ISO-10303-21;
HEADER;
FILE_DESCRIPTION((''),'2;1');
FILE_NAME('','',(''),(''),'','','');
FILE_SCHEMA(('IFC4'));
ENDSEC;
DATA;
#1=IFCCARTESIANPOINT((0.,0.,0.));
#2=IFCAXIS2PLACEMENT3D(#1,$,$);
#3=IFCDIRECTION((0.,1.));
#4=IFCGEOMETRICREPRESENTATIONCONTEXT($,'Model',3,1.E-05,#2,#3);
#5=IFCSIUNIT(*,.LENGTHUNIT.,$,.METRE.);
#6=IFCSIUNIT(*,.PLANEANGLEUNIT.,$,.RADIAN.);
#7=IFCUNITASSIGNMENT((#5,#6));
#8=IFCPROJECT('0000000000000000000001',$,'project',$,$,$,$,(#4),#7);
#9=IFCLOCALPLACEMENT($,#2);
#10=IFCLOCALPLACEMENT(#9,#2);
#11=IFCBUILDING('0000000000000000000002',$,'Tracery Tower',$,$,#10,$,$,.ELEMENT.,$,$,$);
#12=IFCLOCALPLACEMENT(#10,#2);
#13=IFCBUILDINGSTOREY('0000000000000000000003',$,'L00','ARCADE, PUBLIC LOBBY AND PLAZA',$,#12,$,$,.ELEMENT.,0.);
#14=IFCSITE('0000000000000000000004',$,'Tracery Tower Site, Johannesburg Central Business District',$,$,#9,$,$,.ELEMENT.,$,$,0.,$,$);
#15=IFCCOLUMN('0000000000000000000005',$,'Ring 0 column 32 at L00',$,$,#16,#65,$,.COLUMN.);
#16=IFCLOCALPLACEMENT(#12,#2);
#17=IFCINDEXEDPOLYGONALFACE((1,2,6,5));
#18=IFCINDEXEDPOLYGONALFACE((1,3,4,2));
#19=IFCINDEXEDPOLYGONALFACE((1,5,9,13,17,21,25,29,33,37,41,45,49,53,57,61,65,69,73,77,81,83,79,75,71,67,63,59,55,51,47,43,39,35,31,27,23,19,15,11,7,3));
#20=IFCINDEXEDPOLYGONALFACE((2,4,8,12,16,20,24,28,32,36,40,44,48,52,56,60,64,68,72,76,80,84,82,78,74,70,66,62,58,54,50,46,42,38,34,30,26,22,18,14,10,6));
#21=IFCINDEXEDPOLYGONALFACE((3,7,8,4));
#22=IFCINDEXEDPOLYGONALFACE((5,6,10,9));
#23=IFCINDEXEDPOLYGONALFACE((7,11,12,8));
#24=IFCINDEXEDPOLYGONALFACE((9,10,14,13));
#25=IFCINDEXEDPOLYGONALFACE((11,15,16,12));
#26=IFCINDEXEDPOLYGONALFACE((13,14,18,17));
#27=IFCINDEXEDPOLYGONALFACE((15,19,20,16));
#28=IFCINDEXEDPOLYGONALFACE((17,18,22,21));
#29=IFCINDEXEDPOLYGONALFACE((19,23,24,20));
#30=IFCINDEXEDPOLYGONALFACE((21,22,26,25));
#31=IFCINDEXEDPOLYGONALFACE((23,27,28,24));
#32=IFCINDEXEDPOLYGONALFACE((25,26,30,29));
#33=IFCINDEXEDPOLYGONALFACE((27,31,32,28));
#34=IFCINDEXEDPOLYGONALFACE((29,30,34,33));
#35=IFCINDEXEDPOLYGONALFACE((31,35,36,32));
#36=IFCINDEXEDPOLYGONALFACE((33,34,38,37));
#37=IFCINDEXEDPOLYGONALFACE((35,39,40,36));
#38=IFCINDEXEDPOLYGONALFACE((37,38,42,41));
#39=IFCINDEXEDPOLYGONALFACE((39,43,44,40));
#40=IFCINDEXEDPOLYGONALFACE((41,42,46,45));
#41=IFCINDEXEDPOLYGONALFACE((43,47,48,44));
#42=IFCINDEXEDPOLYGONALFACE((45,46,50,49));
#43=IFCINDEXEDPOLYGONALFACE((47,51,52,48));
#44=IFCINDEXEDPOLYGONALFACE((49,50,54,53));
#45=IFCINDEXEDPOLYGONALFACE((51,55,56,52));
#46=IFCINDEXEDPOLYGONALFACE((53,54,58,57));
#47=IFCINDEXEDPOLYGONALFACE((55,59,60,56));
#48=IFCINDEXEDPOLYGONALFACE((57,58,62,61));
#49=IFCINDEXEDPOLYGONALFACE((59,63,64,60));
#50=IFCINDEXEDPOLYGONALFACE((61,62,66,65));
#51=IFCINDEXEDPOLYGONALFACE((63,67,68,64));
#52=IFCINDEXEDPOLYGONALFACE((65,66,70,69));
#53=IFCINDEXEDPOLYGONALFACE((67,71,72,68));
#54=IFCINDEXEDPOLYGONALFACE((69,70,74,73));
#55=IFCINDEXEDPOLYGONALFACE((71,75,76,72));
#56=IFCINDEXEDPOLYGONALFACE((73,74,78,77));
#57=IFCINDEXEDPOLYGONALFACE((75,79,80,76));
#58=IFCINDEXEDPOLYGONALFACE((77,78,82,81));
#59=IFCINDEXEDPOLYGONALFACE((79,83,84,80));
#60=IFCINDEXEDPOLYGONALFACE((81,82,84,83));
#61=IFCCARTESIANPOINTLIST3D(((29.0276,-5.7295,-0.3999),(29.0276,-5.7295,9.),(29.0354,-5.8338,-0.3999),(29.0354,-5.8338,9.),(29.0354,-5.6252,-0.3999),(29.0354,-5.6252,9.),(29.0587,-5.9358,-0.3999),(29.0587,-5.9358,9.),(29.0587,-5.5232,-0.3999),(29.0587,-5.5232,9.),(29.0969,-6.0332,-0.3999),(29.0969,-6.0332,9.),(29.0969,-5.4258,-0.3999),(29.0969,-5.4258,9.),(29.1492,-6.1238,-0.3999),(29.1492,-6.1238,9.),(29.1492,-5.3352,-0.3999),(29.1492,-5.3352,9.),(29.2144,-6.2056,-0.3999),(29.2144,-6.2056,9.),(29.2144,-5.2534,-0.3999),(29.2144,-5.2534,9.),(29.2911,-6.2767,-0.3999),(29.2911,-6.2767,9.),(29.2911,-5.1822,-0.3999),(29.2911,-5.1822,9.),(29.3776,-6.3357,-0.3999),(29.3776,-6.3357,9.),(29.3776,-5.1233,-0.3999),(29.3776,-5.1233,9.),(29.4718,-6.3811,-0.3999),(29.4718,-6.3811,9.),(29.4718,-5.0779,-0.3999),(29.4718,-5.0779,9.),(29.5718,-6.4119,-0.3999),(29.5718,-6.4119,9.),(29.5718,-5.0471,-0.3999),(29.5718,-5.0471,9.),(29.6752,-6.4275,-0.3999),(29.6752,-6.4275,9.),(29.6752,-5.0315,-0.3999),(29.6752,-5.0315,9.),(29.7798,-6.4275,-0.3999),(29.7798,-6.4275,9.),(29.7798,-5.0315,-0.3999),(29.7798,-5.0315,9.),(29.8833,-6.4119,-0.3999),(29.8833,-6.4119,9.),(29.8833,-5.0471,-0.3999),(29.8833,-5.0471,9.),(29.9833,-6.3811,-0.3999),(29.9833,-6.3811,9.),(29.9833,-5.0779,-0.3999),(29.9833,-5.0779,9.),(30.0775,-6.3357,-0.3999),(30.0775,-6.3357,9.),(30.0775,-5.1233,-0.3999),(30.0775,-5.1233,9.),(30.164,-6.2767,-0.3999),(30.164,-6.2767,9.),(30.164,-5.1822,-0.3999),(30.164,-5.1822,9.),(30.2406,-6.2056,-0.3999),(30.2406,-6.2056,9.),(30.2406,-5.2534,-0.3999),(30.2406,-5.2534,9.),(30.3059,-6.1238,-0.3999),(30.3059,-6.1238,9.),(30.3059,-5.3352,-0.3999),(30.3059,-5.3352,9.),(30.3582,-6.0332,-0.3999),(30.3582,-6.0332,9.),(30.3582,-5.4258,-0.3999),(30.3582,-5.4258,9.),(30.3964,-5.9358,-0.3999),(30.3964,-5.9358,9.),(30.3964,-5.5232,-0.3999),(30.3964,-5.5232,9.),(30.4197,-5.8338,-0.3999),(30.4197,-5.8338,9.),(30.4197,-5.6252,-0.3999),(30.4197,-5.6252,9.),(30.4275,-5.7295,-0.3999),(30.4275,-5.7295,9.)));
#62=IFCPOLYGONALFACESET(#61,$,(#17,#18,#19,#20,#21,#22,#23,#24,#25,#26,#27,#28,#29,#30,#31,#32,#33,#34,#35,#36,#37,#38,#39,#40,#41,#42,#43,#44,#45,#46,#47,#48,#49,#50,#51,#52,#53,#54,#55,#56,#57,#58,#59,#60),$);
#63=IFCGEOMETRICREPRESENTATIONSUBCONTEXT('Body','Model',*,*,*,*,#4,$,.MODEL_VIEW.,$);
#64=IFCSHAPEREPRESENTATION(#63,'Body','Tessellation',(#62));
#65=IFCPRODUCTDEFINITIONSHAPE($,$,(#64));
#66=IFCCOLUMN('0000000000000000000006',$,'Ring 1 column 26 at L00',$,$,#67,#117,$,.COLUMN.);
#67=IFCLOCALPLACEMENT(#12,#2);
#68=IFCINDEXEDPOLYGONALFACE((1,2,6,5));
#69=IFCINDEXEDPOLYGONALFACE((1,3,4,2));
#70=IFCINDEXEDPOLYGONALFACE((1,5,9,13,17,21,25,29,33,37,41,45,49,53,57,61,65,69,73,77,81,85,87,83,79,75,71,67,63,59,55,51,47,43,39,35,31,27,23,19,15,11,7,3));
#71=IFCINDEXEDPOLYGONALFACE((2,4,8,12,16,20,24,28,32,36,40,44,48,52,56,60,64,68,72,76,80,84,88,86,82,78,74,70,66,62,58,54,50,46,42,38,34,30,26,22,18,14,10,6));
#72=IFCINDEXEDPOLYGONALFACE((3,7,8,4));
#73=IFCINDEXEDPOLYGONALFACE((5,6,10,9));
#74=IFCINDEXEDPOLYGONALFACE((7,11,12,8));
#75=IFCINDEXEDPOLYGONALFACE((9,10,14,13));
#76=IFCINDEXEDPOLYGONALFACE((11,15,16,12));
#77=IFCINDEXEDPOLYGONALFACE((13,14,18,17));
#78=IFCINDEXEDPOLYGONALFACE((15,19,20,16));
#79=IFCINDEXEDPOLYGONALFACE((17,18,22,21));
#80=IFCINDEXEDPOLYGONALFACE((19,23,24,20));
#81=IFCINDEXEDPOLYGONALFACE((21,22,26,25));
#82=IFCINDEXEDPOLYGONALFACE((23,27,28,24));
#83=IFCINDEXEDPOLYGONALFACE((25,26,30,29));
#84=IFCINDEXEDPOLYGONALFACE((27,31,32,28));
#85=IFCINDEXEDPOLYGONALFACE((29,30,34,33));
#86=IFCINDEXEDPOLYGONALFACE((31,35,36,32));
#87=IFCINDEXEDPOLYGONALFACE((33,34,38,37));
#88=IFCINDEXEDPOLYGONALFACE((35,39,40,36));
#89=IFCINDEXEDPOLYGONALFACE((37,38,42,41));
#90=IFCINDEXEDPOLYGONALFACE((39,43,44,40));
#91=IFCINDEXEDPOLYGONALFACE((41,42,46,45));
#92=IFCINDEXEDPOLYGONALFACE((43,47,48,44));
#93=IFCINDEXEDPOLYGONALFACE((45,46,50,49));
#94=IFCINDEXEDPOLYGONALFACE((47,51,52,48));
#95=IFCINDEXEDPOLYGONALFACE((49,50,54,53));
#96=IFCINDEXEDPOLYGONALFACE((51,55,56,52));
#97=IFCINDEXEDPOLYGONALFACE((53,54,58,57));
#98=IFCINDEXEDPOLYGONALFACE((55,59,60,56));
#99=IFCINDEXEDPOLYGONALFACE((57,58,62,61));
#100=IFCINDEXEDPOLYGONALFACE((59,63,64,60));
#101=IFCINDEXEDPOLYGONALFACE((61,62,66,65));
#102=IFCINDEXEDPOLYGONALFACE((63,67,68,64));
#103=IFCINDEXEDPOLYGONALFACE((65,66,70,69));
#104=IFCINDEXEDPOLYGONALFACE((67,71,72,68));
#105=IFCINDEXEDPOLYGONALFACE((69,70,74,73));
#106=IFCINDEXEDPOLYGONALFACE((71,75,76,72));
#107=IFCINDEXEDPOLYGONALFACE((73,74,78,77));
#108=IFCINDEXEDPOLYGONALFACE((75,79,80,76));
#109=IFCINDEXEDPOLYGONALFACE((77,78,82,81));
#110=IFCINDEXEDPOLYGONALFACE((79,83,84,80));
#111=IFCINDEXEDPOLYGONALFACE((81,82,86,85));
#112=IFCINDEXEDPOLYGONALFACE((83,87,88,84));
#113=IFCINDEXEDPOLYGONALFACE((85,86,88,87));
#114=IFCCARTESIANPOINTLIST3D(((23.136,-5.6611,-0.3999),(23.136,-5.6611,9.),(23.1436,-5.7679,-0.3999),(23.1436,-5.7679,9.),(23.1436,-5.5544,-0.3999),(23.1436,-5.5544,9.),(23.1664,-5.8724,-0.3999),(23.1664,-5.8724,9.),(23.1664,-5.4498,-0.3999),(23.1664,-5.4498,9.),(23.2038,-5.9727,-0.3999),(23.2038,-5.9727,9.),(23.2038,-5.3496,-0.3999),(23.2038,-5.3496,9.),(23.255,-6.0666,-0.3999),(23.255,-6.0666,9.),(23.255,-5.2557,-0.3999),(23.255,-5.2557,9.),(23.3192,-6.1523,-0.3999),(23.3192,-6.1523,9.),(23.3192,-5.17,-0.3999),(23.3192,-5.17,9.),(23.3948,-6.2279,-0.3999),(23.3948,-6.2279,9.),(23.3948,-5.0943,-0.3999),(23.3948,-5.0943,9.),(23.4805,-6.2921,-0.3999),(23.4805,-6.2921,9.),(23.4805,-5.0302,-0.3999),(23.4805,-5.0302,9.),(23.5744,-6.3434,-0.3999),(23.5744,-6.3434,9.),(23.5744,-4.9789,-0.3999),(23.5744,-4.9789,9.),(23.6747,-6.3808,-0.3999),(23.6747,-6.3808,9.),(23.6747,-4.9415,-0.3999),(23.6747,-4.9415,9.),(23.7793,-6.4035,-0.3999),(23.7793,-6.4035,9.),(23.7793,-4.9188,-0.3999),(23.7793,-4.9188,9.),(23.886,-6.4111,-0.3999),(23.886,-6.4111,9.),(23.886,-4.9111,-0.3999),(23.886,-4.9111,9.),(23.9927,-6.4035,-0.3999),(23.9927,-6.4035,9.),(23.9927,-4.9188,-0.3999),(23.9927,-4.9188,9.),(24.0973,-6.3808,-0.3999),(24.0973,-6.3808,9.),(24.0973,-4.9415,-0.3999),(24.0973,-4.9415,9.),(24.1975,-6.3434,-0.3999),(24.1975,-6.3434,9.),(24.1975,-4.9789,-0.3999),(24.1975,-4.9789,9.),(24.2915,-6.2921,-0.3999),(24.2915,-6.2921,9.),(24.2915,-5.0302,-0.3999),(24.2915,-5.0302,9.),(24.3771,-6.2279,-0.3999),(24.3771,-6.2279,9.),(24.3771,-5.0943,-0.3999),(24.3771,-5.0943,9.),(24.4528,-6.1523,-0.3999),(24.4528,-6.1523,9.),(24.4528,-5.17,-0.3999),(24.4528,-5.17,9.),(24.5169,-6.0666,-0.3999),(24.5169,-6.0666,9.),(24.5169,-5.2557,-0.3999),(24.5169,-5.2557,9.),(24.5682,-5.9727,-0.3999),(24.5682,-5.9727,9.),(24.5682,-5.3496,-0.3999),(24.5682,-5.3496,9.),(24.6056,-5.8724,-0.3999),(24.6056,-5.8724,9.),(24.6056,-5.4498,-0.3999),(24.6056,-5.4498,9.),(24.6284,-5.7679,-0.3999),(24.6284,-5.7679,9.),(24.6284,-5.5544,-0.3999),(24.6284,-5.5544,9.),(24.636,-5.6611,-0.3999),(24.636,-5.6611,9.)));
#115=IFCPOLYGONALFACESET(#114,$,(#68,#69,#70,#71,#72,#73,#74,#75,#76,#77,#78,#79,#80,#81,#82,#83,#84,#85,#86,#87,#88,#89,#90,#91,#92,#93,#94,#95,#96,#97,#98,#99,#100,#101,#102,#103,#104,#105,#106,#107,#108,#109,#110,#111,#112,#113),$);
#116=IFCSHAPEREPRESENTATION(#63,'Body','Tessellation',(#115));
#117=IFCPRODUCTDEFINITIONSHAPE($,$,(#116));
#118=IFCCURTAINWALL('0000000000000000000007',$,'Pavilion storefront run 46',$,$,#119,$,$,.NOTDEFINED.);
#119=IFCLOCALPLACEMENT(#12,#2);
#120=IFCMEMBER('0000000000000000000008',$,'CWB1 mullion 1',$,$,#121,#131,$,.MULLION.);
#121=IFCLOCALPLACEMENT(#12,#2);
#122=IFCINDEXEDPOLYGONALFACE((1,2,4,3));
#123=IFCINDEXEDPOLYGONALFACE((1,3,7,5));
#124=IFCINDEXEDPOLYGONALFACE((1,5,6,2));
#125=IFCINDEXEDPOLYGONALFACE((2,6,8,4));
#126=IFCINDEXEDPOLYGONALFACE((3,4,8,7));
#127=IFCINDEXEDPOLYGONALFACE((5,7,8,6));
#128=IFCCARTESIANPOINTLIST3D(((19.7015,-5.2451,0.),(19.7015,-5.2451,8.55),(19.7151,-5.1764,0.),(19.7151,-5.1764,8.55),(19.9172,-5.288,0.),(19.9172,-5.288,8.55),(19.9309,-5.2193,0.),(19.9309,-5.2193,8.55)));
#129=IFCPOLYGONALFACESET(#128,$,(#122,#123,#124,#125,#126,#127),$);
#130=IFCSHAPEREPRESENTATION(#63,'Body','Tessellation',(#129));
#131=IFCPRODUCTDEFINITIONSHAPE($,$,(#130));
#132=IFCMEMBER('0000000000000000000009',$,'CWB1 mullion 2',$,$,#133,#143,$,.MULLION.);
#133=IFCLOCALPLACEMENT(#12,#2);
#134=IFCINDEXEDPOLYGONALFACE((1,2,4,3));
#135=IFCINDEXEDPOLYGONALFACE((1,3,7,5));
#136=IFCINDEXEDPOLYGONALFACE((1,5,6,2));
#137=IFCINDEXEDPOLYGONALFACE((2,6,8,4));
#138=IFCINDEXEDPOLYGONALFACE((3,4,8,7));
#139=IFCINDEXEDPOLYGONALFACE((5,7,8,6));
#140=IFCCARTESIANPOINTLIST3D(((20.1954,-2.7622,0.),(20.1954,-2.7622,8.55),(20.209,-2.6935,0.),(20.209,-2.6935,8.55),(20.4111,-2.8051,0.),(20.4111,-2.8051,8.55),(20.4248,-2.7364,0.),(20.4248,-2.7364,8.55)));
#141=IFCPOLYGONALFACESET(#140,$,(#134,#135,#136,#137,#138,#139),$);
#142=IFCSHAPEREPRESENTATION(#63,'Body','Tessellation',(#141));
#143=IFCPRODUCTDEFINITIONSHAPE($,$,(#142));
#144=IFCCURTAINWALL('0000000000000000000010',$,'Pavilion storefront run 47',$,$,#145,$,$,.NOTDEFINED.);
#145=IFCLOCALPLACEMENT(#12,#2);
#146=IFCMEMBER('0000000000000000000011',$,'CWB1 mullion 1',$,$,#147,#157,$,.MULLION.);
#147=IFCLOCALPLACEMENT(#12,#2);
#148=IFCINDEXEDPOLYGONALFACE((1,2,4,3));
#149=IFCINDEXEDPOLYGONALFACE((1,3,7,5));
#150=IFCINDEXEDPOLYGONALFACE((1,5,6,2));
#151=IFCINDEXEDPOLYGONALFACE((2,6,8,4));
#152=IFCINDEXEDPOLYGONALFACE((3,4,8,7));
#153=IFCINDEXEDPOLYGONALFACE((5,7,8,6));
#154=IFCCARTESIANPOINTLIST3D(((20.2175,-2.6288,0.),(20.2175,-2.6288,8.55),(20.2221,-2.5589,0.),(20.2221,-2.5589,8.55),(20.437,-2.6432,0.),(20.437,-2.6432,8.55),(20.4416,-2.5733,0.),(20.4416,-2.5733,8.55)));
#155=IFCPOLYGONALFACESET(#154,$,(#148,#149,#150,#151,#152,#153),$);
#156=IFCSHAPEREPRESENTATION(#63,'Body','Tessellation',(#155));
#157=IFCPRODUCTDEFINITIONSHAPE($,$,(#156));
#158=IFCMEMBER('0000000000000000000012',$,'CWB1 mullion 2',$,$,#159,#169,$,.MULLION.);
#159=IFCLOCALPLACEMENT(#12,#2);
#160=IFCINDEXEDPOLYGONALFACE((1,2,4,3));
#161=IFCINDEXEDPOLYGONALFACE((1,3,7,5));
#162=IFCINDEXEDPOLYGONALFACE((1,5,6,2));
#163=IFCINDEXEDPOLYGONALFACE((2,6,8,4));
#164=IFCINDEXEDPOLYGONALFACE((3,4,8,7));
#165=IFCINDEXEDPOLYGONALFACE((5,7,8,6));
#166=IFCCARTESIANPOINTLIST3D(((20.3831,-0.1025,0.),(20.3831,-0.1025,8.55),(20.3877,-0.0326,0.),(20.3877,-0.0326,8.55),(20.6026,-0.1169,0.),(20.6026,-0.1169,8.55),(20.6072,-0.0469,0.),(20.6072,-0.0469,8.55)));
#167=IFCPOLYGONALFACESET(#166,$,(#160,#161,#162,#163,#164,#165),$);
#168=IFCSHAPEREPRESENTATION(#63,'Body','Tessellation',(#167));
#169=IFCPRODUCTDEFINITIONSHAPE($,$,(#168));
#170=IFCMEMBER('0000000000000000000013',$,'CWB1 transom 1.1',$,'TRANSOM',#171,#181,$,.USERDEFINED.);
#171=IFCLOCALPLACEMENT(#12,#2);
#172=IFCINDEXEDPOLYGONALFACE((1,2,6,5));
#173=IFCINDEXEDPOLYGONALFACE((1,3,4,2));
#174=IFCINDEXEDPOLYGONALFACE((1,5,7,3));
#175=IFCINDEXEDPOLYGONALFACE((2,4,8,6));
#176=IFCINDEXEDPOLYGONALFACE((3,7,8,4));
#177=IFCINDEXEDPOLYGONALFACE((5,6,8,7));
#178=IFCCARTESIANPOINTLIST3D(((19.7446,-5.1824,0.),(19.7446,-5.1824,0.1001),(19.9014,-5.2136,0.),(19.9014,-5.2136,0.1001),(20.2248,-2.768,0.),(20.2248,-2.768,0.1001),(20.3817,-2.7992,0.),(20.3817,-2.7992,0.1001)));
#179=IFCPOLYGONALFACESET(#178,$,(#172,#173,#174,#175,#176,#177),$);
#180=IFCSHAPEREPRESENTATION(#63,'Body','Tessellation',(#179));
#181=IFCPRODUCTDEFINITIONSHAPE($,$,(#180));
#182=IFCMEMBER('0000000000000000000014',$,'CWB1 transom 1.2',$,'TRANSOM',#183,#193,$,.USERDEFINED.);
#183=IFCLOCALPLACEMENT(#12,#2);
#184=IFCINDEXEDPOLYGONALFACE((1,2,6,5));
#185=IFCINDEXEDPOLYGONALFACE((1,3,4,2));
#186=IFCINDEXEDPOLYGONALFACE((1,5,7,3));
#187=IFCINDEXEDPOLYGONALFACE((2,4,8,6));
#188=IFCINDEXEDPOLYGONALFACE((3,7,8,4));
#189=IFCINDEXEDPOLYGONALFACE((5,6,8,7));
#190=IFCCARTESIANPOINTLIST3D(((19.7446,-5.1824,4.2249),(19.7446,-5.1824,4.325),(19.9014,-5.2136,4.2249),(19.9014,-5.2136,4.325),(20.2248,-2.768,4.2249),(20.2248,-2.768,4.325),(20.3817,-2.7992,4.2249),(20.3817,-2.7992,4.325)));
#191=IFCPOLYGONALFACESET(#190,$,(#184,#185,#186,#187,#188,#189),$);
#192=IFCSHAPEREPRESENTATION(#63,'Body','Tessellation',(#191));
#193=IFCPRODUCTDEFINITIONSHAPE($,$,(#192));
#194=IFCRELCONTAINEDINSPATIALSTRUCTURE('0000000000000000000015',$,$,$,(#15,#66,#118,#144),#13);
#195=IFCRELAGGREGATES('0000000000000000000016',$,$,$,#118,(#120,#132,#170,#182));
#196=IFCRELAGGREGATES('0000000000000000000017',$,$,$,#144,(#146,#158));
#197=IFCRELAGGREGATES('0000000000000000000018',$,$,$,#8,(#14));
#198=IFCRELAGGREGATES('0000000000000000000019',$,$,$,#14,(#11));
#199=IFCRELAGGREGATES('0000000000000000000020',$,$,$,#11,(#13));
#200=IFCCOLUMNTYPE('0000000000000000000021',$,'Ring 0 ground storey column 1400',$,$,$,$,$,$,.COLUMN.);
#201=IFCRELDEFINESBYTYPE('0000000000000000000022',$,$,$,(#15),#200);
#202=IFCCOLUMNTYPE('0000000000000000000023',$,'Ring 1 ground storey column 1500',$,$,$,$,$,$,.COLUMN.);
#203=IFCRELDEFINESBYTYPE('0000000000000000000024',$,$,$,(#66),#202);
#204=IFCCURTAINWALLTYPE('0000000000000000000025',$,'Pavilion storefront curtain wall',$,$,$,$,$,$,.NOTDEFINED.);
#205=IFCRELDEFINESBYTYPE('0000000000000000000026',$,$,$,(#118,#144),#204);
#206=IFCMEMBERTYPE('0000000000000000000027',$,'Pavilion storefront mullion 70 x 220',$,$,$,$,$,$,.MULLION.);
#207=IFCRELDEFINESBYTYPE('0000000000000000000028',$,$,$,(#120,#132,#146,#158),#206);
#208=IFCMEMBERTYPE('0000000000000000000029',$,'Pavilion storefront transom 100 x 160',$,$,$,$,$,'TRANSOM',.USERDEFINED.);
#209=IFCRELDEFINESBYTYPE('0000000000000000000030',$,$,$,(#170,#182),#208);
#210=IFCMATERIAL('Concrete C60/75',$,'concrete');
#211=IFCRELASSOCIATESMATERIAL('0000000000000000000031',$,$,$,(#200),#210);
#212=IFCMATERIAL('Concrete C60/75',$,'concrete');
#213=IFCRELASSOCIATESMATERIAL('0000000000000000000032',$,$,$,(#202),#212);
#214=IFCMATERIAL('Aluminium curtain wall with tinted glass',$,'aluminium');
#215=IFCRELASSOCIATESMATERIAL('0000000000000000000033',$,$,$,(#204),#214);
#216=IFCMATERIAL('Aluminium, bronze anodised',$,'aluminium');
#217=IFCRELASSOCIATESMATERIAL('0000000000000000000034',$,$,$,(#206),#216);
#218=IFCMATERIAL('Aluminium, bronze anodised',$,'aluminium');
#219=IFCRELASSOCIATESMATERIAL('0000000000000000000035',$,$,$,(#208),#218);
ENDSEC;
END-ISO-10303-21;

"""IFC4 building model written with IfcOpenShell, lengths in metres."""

from ifc_helpers import new_model, si_unit, direction, frame, origin, origin_2d, place, context, subcontext, project, spatial, rectangle, circle, extrude, material, material_profile, profile_set, type_object, element, aggregate, save


model = new_model("IFC4")

# Units and contexts
model_context = context("Model", 3, precision=1e-05, world=origin(), true_north=direction((0.0, 1.0)))
body_context = subcontext(model_context, "Body", "Model", "MODEL_VIEW")
ifc_project = project(units=[si_unit("LENGTHUNIT", "METRE"), si_unit("PLANEANGLEUNIT", "RADIAN")], contexts=[model_context])

# Site, building, storey
site_placement = place(None, origin())
site = spatial("IfcSite", under=ifc_project, at=site_placement, Name="Tracery Tower Site, Johannesburg Central Business District", CompositionType="ELEMENT", RefElevation=0.0)
building_placement = place(site_placement, origin())
building = spatial("IfcBuilding", under=site, at=building_placement, Name="Tracery Tower", CompositionType="ELEMENT")
storey_placement = place(building_placement, origin())
storey = spatial("IfcBuildingStorey", under=building, at=storey_placement, Name="L00", Description="ARCADE, PUBLIC LOBBY AND PLAZA", CompositionType="ELEMENT", Elevation=0.0)

# Columns
ifc_material_1 = material(Name="Concrete C60/75", Category="concrete")
ifc_material_profile_1 = material_profile(ifc_material_1, circle(Radius=0.7, at=origin_2d()), Name="RC D1400")
ifc_profile_set_1 = profile_set([ifc_material_profile_1], Name="Concrete C60/75")
column_type_1 = type_object("IfcColumnType", Name="Ring 0 ground storey column 1400", PredefinedType="COLUMN", material=ifc_profile_set_1)
column_1_placement = place(storey_placement, frame((29.7275, -5.7295, -0.3999), z_axis=(0.0, 0.0, 1.0), x_axis=(1.0, 0.0, 0.0)))
element("IfcColumn", 1, at=column_1_placement, inside=storey, type_object=column_type_1, Name="Ring 0 column 32 at L00", PredefinedType="COLUMN", context=body_context, shape_type="SweptSolid", body=[
    extrude(circle(Radius=0.7, at=origin_2d()), origin(), (0.0, 0.0, 1.0), 9.3999),
])
ifc_material_2 = material(Name="Concrete C60/75", Category="concrete")
ifc_material_profile_2 = material_profile(ifc_material_2, circle(Radius=0.75, at=origin_2d()), Name="RC D1500")
ifc_profile_set_2 = profile_set([ifc_material_profile_2], Name="Concrete C60/75")
column_type_2 = type_object("IfcColumnType", Name="Ring 1 ground storey column 1500", PredefinedType="COLUMN", material=ifc_profile_set_2)
column_2_placement = place(storey_placement, frame((23.886, -5.6611, -0.3999), z_axis=(0.0, 0.0, 1.0), x_axis=(1.0, 0.0, 0.0)))
element("IfcColumn", 2, at=column_2_placement, inside=storey, type_object=column_type_2, Name="Ring 1 column 26 at L00", PredefinedType="COLUMN", context=body_context, shape_type="SweptSolid", body=[
    extrude(circle(Radius=0.75, at=origin_2d()), origin(), (0.0, 0.0, 1.0), 9.3999),
])

# Curtain walls, members
ifc_material_3 = material(Name="Aluminium curtain wall with tinted glass", Category="aluminium")
curtain_wall_type = type_object("IfcCurtainWallType", Name="Pavilion storefront curtain wall", PredefinedType="NOTDEFINED", material=ifc_material_3)
curtain_wall_1_placement = place(storey_placement, origin())
curtain_wall_1 = element("IfcCurtainWall", 3, at=curtain_wall_1_placement, inside=storey, type_object=curtain_wall_type, Name="Pavilion storefront run 46", PredefinedType="NOTDEFINED")
ifc_material_4 = material(Name="Aluminium, bronze anodised", Category="aluminium")
ifc_material_profile_3 = material_profile(ifc_material_4, rectangle(XDim=0.22, YDim=0.0701, at=origin_2d()), Name="Pavilion storefront mullion 70 x 220")
ifc_profile_set_3 = profile_set([ifc_material_profile_3], Name="Aluminium, bronze anodised")
member_type_1 = type_object("IfcMemberType", Name="Pavilion storefront mullion 70 x 220", PredefinedType="MULLION", material=ifc_profile_set_3)
member_1_placement = place(storey_placement, frame((19.8162, -5.2322, 0.0), z_axis=(0.0, 0.0, 1.0), x_axis=(-0.980789, 0.195074, 0.0)))
member_1 = element("IfcMember", 4, at=member_1_placement, type_object=member_type_1, Name="CWB1 mullion 1", PredefinedType="MULLION", context=body_context, shape_type="SweptSolid", body=[
    extrude(rectangle(XDim=0.22, YDim=0.0701, at=origin_2d()), origin(), (0.0, 0.0, 1.0), 8.55),
])
member_2_placement = place(storey_placement, frame((20.3101, -2.7493, 0.0), z_axis=(0.0, 0.0, 1.0), x_axis=(-0.980789, 0.195074, 0.0)))
member_2 = element("IfcMember", 5, at=member_2_placement, type_object=member_type_1, Name="CWB1 mullion 2", PredefinedType="MULLION", context=body_context, shape_type="SweptSolid", body=[
    extrude(rectangle(XDim=0.22, YDim=0.0701, at=origin_2d()), origin(), (0.0, 0.0, 1.0), 8.55),
])
curtain_wall_2_placement = place(storey_placement, origin())
curtain_wall_2 = element("IfcCurtainWall", 6, at=curtain_wall_2_placement, inside=storey, type_object=curtain_wall_type, Name="Pavilion storefront run 47", PredefinedType="NOTDEFINED")
member_3_placement = place(storey_placement, frame((20.3296, -2.6011, 0.0), z_axis=(0.0, 0.0, 1.0), x_axis=(-0.997858, 0.065422, 0.0)))
member_3 = element("IfcMember", 7, at=member_3_placement, type_object=member_type_1, Name="CWB1 mullion 1", PredefinedType="MULLION", context=body_context, shape_type="SweptSolid", body=[
    extrude(rectangle(XDim=0.22, YDim=0.0701, at=origin_2d()), origin(), (0.0, 0.0, 1.0), 8.55),
])
member_4_placement = place(storey_placement, frame((20.4951, -0.0747, 0.0), z_axis=(0.0, 0.0, 1.0), x_axis=(-0.997858, 0.065422, 0.0)))
member_4 = element("IfcMember", 8, at=member_4_placement, type_object=member_type_1, Name="CWB1 mullion 2", PredefinedType="MULLION", context=body_context, shape_type="SweptSolid", body=[
    extrude(rectangle(XDim=0.22, YDim=0.0701, at=origin_2d()), origin(), (0.0, 0.0, 1.0), 8.55),
])

# Members
ifc_material_5 = material(Name="Aluminium, bronze anodised", Category="aluminium")
ifc_material_profile_4 = material_profile(ifc_material_5, rectangle(XDim=0.1599, YDim=0.1001, at=origin_2d()), Name="Pavilion storefront transom 100 x 160")
ifc_profile_set_4 = profile_set([ifc_material_profile_4], Name="Aluminium, bronze anodised")
member_type_2 = type_object("IfcMemberType", Name="Pavilion storefront transom 100 x 160", ElementType="TRANSOM", PredefinedType="USERDEFINED", material=ifc_profile_set_4)
member_5_placement = place(storey_placement, frame((19.823, -5.198, 0.05), z_axis=(0.195086, 0.980786, 0.0), x_axis=(-0.980786, 0.195086, 0.0)))
member_5 = element("IfcMember", 9, at=member_5_placement, type_object=member_type_2, Name="CWB1 transom 1.1", ObjectType="TRANSOM", PredefinedType="USERDEFINED", context=body_context, shape_type="SweptSolid", body=[
    extrude(rectangle(XDim=0.1599, YDim=0.1001, at=origin_2d()), origin(), (0.0, 0.0, 1.0), 2.4617),
])
member_6_placement = place(storey_placement, frame((19.823, -5.198, 4.2749), z_axis=(0.195086, 0.980786, 0.0), x_axis=(-0.980786, 0.195086, 0.0)))
member_6 = element("IfcMember", 10, at=member_6_placement, type_object=member_type_2, Name="CWB1 transom 1.2", ObjectType="TRANSOM", PredefinedType="USERDEFINED", context=body_context, shape_type="SweptSolid", body=[
    extrude(rectangle(XDim=0.1599, YDim=0.1001, at=origin_2d()), origin(), (0.0, 0.0, 1.0), 2.4617),
])

aggregate(curtain_wall_1, [member_1, member_2, member_5, member_6])
aggregate(curtain_wall_2, [member_3, member_4])

save(model, "model.ifc")
